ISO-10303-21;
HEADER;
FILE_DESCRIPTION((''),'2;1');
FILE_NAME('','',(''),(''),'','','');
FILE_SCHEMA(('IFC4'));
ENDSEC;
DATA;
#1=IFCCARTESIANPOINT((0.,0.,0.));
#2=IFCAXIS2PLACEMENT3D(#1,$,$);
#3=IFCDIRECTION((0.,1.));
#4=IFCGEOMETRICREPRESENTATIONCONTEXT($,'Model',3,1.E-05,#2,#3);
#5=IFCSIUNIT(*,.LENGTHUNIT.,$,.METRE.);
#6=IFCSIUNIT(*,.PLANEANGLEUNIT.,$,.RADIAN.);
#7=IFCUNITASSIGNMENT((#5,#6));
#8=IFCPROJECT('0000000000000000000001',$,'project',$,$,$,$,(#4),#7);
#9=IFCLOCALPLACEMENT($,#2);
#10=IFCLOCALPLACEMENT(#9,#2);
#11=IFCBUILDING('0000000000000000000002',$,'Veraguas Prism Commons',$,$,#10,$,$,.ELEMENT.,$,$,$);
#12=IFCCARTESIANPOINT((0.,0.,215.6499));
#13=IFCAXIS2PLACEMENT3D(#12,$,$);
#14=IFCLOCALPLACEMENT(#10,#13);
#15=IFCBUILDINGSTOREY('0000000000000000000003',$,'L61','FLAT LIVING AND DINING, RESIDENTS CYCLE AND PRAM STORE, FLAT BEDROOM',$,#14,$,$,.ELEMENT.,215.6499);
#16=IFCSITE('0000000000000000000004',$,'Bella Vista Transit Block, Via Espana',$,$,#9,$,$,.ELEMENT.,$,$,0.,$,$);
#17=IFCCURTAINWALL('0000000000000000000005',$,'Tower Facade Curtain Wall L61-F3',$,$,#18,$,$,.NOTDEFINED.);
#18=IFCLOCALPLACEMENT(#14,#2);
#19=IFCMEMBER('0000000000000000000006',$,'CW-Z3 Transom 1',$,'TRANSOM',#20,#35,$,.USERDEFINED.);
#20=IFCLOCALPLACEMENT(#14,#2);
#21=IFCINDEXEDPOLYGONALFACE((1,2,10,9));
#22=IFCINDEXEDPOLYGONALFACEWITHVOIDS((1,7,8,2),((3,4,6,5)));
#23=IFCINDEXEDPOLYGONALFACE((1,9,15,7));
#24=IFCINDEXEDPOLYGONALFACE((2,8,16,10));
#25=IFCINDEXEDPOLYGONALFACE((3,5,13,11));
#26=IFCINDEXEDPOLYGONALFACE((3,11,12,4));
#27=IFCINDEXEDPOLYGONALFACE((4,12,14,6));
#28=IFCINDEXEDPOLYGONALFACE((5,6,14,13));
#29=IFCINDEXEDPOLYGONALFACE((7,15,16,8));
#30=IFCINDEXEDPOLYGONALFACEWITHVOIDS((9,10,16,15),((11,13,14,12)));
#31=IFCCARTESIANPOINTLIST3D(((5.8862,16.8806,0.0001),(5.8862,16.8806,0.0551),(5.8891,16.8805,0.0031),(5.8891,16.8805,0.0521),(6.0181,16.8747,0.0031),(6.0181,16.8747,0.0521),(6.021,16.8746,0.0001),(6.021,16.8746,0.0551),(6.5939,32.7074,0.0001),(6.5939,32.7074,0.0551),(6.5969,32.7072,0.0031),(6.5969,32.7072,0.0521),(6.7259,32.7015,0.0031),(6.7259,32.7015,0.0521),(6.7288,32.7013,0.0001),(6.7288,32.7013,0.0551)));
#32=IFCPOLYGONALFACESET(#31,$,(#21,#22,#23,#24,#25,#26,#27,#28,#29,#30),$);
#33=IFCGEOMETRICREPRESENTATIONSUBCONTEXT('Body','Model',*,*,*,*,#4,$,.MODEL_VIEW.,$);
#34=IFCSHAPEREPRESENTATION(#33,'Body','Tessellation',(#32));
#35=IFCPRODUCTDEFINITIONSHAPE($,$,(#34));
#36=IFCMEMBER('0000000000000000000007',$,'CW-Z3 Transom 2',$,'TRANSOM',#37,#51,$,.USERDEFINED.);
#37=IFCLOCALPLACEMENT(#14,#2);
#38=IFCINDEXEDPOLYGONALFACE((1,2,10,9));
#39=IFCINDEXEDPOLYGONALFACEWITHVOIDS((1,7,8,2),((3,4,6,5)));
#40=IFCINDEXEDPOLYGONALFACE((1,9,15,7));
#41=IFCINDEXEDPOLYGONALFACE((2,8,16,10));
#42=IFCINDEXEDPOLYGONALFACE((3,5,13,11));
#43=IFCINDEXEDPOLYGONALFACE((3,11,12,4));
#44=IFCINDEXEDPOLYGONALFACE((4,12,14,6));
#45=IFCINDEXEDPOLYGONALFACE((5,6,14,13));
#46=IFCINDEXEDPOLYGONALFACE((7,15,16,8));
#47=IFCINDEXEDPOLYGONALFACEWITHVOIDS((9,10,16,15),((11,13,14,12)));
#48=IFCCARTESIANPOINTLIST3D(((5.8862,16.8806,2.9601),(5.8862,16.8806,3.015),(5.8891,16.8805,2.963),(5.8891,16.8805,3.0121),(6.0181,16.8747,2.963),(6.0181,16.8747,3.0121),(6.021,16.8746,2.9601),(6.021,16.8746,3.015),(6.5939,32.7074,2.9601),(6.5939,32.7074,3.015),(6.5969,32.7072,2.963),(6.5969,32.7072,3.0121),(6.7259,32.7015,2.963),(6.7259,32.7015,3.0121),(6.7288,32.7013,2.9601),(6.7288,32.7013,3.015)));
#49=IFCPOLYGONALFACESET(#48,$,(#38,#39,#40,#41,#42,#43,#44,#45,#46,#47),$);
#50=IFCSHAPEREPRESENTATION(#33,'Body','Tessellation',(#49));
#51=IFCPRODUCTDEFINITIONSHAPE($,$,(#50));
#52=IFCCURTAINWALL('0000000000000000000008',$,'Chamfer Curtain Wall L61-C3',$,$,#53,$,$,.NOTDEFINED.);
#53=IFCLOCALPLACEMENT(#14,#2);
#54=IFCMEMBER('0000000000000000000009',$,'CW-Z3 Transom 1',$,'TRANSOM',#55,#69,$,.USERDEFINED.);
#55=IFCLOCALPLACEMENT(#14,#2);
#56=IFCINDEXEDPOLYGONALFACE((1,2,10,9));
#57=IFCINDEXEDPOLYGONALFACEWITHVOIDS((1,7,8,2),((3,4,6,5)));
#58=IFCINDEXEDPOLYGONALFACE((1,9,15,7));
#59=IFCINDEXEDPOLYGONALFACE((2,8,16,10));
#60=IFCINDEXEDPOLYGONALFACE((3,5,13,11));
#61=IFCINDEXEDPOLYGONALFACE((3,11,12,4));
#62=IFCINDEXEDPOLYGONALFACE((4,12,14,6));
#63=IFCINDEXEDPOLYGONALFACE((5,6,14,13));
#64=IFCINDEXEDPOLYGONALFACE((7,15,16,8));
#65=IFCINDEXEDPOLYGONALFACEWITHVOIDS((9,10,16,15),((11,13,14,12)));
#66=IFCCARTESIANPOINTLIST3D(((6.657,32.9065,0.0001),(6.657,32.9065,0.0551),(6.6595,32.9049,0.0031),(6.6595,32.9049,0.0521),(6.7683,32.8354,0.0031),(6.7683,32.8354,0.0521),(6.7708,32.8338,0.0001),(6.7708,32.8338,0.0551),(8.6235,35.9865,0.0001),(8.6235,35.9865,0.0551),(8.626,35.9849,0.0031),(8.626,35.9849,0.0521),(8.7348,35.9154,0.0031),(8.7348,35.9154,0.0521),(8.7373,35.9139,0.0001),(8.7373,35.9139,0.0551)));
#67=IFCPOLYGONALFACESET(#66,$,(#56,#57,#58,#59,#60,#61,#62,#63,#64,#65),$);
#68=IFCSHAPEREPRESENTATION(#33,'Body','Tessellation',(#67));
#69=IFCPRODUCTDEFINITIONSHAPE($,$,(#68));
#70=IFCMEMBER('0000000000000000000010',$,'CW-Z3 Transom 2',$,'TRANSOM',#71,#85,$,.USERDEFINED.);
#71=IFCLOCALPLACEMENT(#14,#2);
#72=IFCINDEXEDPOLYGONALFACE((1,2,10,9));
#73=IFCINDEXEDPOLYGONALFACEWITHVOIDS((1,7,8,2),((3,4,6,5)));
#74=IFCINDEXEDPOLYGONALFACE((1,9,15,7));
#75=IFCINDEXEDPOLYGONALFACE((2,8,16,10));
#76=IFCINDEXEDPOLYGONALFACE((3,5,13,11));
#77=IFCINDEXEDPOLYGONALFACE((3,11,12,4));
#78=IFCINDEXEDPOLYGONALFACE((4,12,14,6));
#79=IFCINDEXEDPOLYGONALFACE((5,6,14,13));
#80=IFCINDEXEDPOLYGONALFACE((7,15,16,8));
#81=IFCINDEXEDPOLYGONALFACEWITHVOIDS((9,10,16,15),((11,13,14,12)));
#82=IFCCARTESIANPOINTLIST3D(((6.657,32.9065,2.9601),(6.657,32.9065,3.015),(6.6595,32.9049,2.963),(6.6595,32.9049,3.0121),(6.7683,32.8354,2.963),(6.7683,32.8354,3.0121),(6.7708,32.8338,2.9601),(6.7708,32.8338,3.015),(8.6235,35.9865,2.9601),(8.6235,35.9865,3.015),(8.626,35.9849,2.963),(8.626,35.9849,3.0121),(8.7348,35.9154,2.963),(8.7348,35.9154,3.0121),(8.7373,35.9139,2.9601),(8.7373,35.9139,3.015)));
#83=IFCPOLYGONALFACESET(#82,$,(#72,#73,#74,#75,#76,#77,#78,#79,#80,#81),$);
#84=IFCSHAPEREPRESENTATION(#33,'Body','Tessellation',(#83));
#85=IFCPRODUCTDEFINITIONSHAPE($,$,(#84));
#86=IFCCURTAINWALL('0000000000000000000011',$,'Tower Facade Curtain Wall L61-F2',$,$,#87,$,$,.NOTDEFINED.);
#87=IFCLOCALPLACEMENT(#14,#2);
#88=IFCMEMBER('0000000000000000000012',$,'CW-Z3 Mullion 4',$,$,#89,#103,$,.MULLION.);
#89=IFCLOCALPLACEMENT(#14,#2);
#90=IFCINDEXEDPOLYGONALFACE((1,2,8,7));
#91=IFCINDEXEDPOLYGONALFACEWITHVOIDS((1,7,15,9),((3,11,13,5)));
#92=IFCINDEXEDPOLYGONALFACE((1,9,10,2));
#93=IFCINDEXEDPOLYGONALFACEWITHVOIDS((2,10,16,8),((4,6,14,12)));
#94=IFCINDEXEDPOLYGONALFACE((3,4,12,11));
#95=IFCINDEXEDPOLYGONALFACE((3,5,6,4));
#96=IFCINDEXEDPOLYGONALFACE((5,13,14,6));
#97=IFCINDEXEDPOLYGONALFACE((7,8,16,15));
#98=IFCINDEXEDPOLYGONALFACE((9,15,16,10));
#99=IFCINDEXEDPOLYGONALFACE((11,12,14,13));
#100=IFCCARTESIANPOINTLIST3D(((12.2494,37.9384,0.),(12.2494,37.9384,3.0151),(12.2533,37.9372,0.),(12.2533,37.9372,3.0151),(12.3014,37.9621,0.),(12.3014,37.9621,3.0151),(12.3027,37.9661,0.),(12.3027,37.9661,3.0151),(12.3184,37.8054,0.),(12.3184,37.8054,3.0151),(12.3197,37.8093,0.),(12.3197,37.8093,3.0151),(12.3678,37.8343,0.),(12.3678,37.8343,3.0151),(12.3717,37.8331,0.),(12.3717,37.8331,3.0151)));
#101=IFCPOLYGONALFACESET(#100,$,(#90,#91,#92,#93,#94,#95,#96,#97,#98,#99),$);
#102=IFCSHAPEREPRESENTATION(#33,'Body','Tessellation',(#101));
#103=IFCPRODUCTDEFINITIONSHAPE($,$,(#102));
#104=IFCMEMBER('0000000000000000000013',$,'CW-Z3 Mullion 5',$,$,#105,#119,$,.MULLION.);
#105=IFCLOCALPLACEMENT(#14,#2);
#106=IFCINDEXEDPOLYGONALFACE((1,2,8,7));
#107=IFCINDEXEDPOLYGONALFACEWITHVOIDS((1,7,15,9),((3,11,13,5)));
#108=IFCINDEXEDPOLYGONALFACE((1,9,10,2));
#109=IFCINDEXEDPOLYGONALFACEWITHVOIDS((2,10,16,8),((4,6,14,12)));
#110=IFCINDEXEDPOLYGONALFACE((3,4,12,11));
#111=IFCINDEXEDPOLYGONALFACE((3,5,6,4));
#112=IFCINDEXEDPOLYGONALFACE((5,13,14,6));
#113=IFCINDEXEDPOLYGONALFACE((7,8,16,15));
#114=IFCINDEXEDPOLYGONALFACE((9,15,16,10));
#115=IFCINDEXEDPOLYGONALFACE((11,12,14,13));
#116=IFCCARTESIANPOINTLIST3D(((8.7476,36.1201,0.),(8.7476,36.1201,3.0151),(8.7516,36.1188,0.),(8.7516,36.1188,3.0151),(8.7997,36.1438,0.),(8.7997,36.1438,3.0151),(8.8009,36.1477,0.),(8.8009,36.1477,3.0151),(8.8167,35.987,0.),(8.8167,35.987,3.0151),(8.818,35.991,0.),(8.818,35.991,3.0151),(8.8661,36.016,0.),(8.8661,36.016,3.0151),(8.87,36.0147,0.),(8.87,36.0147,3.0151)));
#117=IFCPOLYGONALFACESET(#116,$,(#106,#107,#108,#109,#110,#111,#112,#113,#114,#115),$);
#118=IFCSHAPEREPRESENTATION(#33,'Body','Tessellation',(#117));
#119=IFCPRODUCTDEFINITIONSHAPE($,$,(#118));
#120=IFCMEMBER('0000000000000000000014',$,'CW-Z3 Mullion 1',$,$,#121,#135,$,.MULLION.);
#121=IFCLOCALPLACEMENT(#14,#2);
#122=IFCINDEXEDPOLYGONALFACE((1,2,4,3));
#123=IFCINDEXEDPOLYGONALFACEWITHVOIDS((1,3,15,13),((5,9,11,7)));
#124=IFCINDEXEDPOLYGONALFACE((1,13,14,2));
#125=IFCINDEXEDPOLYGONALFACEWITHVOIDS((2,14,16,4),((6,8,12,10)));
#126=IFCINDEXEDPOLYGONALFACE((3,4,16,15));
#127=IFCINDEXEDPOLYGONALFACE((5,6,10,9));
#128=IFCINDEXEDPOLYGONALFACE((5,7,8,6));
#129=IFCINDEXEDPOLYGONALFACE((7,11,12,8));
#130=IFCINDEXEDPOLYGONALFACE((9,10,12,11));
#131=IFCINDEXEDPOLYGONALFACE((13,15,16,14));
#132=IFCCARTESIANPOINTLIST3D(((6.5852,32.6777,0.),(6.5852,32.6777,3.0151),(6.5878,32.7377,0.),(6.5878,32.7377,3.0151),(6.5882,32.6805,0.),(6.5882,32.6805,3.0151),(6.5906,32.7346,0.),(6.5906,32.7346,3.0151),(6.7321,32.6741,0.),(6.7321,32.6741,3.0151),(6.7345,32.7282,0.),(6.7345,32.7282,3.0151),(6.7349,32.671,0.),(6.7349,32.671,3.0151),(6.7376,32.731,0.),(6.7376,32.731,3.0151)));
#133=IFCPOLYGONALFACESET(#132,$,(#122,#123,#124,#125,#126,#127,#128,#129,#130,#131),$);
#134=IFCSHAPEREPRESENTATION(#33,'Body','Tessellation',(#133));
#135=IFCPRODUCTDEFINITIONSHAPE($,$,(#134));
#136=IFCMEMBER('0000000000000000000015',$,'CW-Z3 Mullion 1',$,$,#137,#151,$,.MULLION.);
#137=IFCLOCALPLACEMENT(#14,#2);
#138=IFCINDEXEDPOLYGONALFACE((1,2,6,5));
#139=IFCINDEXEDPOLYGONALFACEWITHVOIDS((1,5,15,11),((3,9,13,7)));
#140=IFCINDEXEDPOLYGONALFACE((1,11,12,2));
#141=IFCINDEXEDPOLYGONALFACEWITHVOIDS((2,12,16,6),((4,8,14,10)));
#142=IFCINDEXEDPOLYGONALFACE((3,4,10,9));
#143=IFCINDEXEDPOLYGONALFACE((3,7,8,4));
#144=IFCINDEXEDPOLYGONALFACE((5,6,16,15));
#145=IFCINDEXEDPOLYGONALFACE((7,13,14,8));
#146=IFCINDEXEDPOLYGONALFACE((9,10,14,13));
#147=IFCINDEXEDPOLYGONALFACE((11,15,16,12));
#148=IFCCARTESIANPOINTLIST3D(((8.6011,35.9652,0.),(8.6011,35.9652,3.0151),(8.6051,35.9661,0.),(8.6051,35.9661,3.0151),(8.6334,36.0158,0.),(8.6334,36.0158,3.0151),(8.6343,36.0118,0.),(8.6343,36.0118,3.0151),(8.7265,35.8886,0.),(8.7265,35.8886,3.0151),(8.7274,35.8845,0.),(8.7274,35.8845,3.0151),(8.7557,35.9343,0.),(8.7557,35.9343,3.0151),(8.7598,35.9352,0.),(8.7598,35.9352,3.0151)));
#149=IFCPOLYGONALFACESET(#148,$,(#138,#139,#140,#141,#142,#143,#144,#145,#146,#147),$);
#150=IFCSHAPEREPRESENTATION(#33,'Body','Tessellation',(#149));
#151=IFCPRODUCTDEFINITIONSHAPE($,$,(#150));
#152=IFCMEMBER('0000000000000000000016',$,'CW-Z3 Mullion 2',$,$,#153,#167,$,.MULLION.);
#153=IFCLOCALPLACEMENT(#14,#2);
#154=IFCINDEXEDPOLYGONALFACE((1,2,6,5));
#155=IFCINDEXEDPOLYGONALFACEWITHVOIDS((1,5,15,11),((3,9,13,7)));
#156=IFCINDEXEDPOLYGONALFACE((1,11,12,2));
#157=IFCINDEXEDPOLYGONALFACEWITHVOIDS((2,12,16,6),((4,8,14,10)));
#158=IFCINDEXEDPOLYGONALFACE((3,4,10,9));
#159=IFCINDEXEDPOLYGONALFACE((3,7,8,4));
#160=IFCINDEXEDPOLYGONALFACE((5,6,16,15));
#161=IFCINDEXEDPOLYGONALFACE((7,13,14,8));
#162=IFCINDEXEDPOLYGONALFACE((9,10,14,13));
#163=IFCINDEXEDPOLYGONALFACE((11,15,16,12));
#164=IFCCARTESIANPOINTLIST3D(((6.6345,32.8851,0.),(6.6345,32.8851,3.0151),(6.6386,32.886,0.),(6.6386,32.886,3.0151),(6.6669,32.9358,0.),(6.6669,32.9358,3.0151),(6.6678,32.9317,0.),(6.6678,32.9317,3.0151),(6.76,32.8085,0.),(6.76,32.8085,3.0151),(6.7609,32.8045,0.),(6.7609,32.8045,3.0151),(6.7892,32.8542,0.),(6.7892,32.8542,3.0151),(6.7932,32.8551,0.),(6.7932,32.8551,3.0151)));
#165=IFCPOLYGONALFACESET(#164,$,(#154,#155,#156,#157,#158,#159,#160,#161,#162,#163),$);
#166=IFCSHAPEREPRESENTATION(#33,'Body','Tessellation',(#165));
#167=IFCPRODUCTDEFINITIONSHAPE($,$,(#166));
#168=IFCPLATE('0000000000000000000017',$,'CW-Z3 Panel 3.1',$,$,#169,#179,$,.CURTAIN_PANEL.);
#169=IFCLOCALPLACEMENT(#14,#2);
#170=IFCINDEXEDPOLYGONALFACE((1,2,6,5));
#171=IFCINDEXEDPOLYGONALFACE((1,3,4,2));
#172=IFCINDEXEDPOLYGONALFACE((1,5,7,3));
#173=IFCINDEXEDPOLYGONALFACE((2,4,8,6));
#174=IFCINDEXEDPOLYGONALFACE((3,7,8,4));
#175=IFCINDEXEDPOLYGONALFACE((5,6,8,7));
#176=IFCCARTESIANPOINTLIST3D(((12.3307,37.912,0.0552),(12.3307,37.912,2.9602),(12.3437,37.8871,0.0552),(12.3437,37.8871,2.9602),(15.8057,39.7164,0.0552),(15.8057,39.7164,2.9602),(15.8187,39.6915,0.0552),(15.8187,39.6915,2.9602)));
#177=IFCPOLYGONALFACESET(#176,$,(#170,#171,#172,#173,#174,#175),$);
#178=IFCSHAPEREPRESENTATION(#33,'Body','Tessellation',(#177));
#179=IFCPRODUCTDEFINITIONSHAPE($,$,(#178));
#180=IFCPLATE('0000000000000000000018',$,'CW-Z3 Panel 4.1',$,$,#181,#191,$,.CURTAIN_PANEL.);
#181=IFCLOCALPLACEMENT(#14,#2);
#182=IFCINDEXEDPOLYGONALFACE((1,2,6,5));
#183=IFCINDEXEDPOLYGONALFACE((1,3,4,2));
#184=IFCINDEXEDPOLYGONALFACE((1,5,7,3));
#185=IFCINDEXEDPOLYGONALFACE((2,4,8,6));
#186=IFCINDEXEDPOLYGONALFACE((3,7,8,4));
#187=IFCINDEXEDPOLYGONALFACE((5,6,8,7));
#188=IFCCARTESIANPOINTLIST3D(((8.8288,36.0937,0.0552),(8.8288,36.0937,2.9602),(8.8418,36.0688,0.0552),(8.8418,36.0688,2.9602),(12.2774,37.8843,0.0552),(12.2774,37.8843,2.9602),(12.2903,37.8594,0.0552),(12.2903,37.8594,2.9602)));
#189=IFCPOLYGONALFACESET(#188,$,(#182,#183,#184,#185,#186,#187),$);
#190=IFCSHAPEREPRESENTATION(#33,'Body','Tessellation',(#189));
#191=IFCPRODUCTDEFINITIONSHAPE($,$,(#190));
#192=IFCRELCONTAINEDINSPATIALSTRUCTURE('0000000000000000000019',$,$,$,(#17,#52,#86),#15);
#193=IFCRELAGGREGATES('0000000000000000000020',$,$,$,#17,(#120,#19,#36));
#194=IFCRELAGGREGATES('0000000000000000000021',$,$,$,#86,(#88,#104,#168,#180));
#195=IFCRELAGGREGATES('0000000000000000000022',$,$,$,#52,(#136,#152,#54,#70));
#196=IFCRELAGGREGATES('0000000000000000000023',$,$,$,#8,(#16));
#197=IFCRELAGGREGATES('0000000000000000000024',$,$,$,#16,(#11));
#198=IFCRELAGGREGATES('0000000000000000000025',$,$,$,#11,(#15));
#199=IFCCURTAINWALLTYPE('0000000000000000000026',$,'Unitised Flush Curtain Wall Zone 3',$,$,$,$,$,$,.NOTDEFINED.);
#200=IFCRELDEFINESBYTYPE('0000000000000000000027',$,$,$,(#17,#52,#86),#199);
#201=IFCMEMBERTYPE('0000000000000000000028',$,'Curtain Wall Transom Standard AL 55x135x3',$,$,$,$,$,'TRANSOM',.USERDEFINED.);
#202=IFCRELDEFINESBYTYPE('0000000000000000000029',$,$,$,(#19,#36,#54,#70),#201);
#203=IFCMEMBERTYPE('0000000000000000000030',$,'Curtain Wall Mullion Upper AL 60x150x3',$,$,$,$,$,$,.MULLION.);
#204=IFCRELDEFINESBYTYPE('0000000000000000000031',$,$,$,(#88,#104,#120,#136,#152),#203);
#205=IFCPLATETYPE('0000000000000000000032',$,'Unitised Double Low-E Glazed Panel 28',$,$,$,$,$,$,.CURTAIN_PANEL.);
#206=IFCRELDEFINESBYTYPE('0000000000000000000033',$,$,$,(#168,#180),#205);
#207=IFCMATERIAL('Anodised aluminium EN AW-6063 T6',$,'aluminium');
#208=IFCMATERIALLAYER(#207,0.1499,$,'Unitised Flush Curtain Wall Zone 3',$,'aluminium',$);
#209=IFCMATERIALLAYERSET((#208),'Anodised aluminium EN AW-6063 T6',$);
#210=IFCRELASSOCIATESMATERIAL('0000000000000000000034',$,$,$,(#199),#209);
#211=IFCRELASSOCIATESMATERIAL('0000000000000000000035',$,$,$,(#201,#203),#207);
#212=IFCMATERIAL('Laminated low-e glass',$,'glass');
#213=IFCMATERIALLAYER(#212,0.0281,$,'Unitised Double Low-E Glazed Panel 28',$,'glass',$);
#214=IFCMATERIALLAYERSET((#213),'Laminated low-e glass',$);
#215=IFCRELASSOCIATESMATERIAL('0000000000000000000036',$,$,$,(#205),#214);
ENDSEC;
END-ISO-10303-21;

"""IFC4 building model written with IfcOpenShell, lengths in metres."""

from ifc_helpers import new_model, si_unit, direction, frame, origin, origin_2d, place, context, subcontext, project, spatial, rectangle, hollow_rectangle, extrude, source, transform, mapped, material, layer, layer_set, material_profile, profile_set, type_object, element, aggregate, save


model = new_model("IFC4")

# Units and contexts
model_context = context("Model", 3, precision=1e-05, world=origin(), true_north=direction((0.0, 1.0)))
body_context = subcontext(model_context, "Body", "Model", "MODEL_VIEW")
ifc_project = project(units=[si_unit("LENGTHUNIT", "METRE"), si_unit("PLANEANGLEUNIT", "RADIAN")], contexts=[model_context])

# Site, building, storey
site_placement = place(None, origin())
site = spatial("IfcSite", under=ifc_project, at=site_placement, Name="Bella Vista Transit Block, Via Espana", CompositionType="ELEMENT", RefElevation=0.0)
building_placement = place(site_placement, origin())
building = spatial("IfcBuilding", under=site, at=building_placement, Name="Veraguas Prism Commons", CompositionType="ELEMENT")
storey_placement = place(building_placement, frame((0.0, 0.0, 215.6499)))
storey = spatial("IfcBuildingStorey", under=building, at=storey_placement, Name="L61", Description="FLAT LIVING AND DINING, RESIDENTS CYCLE AND PRAM STORE, FLAT BEDROOM", CompositionType="ELEMENT", Elevation=215.6499)

# Curtain walls, members
ifc_material_1 = material(Name="Anodised aluminium EN AW-6063 T6", Category="aluminium")
ifc_layer_1 = layer(ifc_material_1, 0.1499, Name="Unitised Flush Curtain Wall Zone 3", Category="aluminium")
ifc_layer_set_1 = layer_set([ifc_layer_1], Name="Anodised aluminium EN AW-6063 T6")
curtain_wall_type = type_object("IfcCurtainWallType", Name="Unitised Flush Curtain Wall Zone 3", PredefinedType="NOTDEFINED", material=ifc_layer_set_1)
curtain_wall_1_placement = place(storey_placement, origin())
curtain_wall_1 = element("IfcCurtainWall", 1, at=curtain_wall_1_placement, inside=storey, type_object=curtain_wall_type, Name="Tower Facade Curtain Wall L61-F3", PredefinedType="NOTDEFINED")
ifc_material_profile_1 = material_profile(ifc_material_1, hollow_rectangle(XDim=0.0549, YDim=0.135, WallThickness=0.0029, at=origin_2d()), Name="AL55X135X3")
ifc_profile_set_1 = profile_set([ifc_material_profile_1], Name="Anodised aluminium EN AW-6063 T6")
member_type_1 = type_object("IfcMemberType", Name="Curtain Wall Transom Standard AL 55x135x3", ElementType="TRANSOM", PredefinedType="USERDEFINED", material=ifc_profile_set_1)
shared_shape_1 = source(origin(), body_context, "Body", "SweptSolid", [
    extrude(hollow_rectangle(XDim=0.0549, YDim=0.135, WallThickness=0.0029, at=origin_2d()), origin(), (0.0, 0.0, 1.0), 15.8425),
])
member_1_placement = place(storey_placement, frame((6.6614, 32.7043, 0.0276), z_axis=(-0.044675, -0.999002, 0.0), x_axis=(0.0, 0.0, 1.0)))
member_1 = element("IfcMember", 2, at=member_1_placement, type_object=member_type_1, Name="CW-Z3 Transom 1", ObjectType="TRANSOM", PredefinedType="USERDEFINED", context=body_context, shape_type="MappedRepresentation", body=[
    mapped(shared_shape_1, transform((0.0, 0.0, 0.0), scale=1.0)),
])
member_2_placement = place(storey_placement, frame((6.6614, 32.7043, 2.9875), z_axis=(-0.044675, -0.999002, 0.0), x_axis=(0.0, 0.0, 1.0)))
member_2 = element("IfcMember", 3, at=member_2_placement, type_object=member_type_1, Name="CW-Z3 Transom 2", ObjectType="TRANSOM", PredefinedType="USERDEFINED", context=body_context, shape_type="MappedRepresentation", body=[
    mapped(shared_shape_1, transform((0.0, 0.0, 0.0), scale=1.0)),
])
curtain_wall_2_placement = place(storey_placement, origin())
curtain_wall_2 = element("IfcCurtainWall", 4, at=curtain_wall_2_placement, inside=storey, type_object=curtain_wall_type, Name="Chamfer Curtain Wall L61-C3", PredefinedType="NOTDEFINED")
shared_shape_2 = source(origin(), body_context, "Body", "SweptSolid", [
    extrude(hollow_rectangle(XDim=0.0549, YDim=0.135, WallThickness=0.0029, at=origin_2d()), origin(), (0.0, 0.0, 1.0), 3.6543),
])
member_3_placement = place(storey_placement, frame((8.6804, 35.9502, 0.0276), z_axis=(-0.538141, -0.842855, 0.0), x_axis=(0.0, 0.0, 1.0)))
member_3 = element("IfcMember", 5, at=member_3_placement, type_object=member_type_1, Name="CW-Z3 Transom 1", ObjectType="TRANSOM", PredefinedType="USERDEFINED", context=body_context, shape_type="MappedRepresentation", body=[
    mapped(shared_shape_2, transform((0.0, 0.0, 0.0), scale=1.0)),
])
member_4_placement = place(storey_placement, frame((8.6804, 35.9502, 2.9875), z_axis=(-0.538141, -0.842855, 0.0), x_axis=(0.0, 0.0, 1.0)))
member_4 = element("IfcMember", 6, at=member_4_placement, type_object=member_type_1, Name="CW-Z3 Transom 2", ObjectType="TRANSOM", PredefinedType="USERDEFINED", context=body_context, shape_type="MappedRepresentation", body=[
    mapped(shared_shape_2, transform((0.0, 0.0, 0.0), scale=1.0)),
])
curtain_wall_3_placement = place(storey_placement, origin())
curtain_wall_3 = element("IfcCurtainWall", 7, at=curtain_wall_3_placement, inside=storey, type_object=curtain_wall_type, Name="Tower Facade Curtain Wall L61-F2", PredefinedType="NOTDEFINED")
ifc_material_profile_2 = material_profile(ifc_material_1, hollow_rectangle(XDim=0.0601, YDim=0.1499, WallThickness=0.0029, at=origin_2d()), Name="AL60X150X3")
ifc_profile_set_2 = profile_set([ifc_material_profile_2], Name="Anodised aluminium EN AW-6063 T6")
member_type_2 = type_object("IfcMemberType", Name="Curtain Wall Mullion Upper AL 60x150x3", PredefinedType="MULLION", material=ifc_profile_set_2)
shared_shape_3 = source(origin(), body_context, "Body", "SweptSolid", [
    extrude(hollow_rectangle(XDim=0.0601, YDim=0.1499, WallThickness=0.0029, at=origin_2d()), origin(), (0.0, 0.0, 1.0), 3.0151),
])
member_5_placement = place(storey_placement, frame((12.3105, 37.8857, 0.0), z_axis=(0.0, 0.0, 1.0), x_axis=(-0.887494, -0.460819, 0.0)))
member_5 = element("IfcMember", 8, at=member_5_placement, type_object=member_type_2, Name="CW-Z3 Mullion 4", PredefinedType="MULLION", context=body_context, shape_type="MappedRepresentation", body=[
    mapped(shared_shape_3, transform((0.0, 0.0, 0.0), scale=1.0)),
])
member_6_placement = place(storey_placement, frame((8.8088, 36.0674, 0.0), z_axis=(0.0, 0.0, 1.0), x_axis=(-0.887494, -0.460819, 0.0)))
member_6 = element("IfcMember", 9, at=member_6_placement, type_object=member_type_2, Name="CW-Z3 Mullion 5", PredefinedType="MULLION", context=body_context, shape_type="MappedRepresentation", body=[
    mapped(shared_shape_3, transform((0.0, 0.0, 0.0), scale=1.0)),
])

# Members
member_7_placement = place(storey_placement, frame((6.6614, 32.7043, 0.0), z_axis=(0.0, 0.0, 1.0), x_axis=(-0.044666, -0.999002, 0.0)))
member_7 = element("IfcMember", 10, at=member_7_placement, type_object=member_type_2, Name="CW-Z3 Mullion 1", PredefinedType="MULLION", context=body_context, shape_type="MappedRepresentation", body=[
    mapped(shared_shape_3, transform((0.0, 0.0, 0.0), scale=1.0)),
])
aggregate(curtain_wall_1, [member_7, member_1, member_2])
member_8_placement = place(storey_placement, frame((8.6804, 35.9502, 0.0), z_axis=(0.0, 0.0, 1.0), x_axis=(-0.53819, -0.842824, 0.0)))
member_8 = element("IfcMember", 11, at=member_8_placement, type_object=member_type_2, Name="CW-Z3 Mullion 1", PredefinedType="MULLION", context=body_context, shape_type="MappedRepresentation", body=[
    mapped(shared_shape_3, transform((0.0, 0.0, 0.0), scale=1.0)),
])
member_9_placement = place(storey_placement, frame((6.7139, 32.8701, 0.0), z_axis=(0.0, 0.0, 1.0), x_axis=(-0.53819, -0.842824, 0.0)))
member_9 = element("IfcMember", 12, at=member_9_placement, type_object=member_type_2, Name="CW-Z3 Mullion 2", PredefinedType="MULLION", context=body_context, shape_type="MappedRepresentation", body=[
    mapped(shared_shape_3, transform((0.0, 0.0, 0.0), scale=1.0)),
])

# Plates
ifc_material_2 = material(Name="Laminated low-e glass", Category="glass")
ifc_layer_2 = layer(ifc_material_2, 0.0281, Name="Unitised Double Low-E Glazed Panel 28", Category="glass")
ifc_layer_set_2 = layer_set([ifc_layer_2], Name="Laminated low-e glass")
plate_type = type_object("IfcPlateType", Name="Unitised Double Low-E Glazed Panel 28", PredefinedType="CURTAIN_PANEL", material=ifc_layer_set_2)
shared_shape_4 = source(origin(), body_context, "Body", "SweptSolid", [
    extrude(rectangle(XDim=3.9155, YDim=0.0281, at=origin_2d()), origin(), (0.0, 0.0, 1.0), 2.905),
])
plate_1_placement = place(storey_placement, frame((14.0747, 38.8018, 0.0552), z_axis=(0.0, 0.0, 1.0), x_axis=(-0.887494, -0.460819, 0.0)))
plate_1 = element("IfcPlate", 13, at=plate_1_placement, type_object=plate_type, Name="CW-Z3 Panel 3.1", PredefinedType="CURTAIN_PANEL", context=body_context, shape_type="MappedRepresentation", body=[
    mapped(shared_shape_4, transform((0.0, 0.0, 0.0), scale=1.0)),
])
shared_shape_5 = source(origin(), body_context, "Body", "SweptSolid", [
    extrude(rectangle(XDim=3.8857, YDim=0.0281, at=origin_2d()), origin(), (0.0, 0.0, 1.0), 2.905),
])
plate_2_placement = place(storey_placement, frame((10.5596, 36.9766, 0.0552), z_axis=(0.0, 0.0, 1.0), x_axis=(-0.887494, -0.460819, 0.0)))
plate_2 = element("IfcPlate", 14, at=plate_2_placement, type_object=plate_type, Name="CW-Z3 Panel 4.1", PredefinedType="CURTAIN_PANEL", context=body_context, shape_type="MappedRepresentation", body=[
    mapped(shared_shape_5, transform((0.0, 0.0, 0.0), scale=1.0)),
])
aggregate(curtain_wall_3, [member_5, member_6, plate_1, plate_2])
aggregate(curtain_wall_2, [member_8, member_9, member_3, member_4])

save(model, "model.ifc")
